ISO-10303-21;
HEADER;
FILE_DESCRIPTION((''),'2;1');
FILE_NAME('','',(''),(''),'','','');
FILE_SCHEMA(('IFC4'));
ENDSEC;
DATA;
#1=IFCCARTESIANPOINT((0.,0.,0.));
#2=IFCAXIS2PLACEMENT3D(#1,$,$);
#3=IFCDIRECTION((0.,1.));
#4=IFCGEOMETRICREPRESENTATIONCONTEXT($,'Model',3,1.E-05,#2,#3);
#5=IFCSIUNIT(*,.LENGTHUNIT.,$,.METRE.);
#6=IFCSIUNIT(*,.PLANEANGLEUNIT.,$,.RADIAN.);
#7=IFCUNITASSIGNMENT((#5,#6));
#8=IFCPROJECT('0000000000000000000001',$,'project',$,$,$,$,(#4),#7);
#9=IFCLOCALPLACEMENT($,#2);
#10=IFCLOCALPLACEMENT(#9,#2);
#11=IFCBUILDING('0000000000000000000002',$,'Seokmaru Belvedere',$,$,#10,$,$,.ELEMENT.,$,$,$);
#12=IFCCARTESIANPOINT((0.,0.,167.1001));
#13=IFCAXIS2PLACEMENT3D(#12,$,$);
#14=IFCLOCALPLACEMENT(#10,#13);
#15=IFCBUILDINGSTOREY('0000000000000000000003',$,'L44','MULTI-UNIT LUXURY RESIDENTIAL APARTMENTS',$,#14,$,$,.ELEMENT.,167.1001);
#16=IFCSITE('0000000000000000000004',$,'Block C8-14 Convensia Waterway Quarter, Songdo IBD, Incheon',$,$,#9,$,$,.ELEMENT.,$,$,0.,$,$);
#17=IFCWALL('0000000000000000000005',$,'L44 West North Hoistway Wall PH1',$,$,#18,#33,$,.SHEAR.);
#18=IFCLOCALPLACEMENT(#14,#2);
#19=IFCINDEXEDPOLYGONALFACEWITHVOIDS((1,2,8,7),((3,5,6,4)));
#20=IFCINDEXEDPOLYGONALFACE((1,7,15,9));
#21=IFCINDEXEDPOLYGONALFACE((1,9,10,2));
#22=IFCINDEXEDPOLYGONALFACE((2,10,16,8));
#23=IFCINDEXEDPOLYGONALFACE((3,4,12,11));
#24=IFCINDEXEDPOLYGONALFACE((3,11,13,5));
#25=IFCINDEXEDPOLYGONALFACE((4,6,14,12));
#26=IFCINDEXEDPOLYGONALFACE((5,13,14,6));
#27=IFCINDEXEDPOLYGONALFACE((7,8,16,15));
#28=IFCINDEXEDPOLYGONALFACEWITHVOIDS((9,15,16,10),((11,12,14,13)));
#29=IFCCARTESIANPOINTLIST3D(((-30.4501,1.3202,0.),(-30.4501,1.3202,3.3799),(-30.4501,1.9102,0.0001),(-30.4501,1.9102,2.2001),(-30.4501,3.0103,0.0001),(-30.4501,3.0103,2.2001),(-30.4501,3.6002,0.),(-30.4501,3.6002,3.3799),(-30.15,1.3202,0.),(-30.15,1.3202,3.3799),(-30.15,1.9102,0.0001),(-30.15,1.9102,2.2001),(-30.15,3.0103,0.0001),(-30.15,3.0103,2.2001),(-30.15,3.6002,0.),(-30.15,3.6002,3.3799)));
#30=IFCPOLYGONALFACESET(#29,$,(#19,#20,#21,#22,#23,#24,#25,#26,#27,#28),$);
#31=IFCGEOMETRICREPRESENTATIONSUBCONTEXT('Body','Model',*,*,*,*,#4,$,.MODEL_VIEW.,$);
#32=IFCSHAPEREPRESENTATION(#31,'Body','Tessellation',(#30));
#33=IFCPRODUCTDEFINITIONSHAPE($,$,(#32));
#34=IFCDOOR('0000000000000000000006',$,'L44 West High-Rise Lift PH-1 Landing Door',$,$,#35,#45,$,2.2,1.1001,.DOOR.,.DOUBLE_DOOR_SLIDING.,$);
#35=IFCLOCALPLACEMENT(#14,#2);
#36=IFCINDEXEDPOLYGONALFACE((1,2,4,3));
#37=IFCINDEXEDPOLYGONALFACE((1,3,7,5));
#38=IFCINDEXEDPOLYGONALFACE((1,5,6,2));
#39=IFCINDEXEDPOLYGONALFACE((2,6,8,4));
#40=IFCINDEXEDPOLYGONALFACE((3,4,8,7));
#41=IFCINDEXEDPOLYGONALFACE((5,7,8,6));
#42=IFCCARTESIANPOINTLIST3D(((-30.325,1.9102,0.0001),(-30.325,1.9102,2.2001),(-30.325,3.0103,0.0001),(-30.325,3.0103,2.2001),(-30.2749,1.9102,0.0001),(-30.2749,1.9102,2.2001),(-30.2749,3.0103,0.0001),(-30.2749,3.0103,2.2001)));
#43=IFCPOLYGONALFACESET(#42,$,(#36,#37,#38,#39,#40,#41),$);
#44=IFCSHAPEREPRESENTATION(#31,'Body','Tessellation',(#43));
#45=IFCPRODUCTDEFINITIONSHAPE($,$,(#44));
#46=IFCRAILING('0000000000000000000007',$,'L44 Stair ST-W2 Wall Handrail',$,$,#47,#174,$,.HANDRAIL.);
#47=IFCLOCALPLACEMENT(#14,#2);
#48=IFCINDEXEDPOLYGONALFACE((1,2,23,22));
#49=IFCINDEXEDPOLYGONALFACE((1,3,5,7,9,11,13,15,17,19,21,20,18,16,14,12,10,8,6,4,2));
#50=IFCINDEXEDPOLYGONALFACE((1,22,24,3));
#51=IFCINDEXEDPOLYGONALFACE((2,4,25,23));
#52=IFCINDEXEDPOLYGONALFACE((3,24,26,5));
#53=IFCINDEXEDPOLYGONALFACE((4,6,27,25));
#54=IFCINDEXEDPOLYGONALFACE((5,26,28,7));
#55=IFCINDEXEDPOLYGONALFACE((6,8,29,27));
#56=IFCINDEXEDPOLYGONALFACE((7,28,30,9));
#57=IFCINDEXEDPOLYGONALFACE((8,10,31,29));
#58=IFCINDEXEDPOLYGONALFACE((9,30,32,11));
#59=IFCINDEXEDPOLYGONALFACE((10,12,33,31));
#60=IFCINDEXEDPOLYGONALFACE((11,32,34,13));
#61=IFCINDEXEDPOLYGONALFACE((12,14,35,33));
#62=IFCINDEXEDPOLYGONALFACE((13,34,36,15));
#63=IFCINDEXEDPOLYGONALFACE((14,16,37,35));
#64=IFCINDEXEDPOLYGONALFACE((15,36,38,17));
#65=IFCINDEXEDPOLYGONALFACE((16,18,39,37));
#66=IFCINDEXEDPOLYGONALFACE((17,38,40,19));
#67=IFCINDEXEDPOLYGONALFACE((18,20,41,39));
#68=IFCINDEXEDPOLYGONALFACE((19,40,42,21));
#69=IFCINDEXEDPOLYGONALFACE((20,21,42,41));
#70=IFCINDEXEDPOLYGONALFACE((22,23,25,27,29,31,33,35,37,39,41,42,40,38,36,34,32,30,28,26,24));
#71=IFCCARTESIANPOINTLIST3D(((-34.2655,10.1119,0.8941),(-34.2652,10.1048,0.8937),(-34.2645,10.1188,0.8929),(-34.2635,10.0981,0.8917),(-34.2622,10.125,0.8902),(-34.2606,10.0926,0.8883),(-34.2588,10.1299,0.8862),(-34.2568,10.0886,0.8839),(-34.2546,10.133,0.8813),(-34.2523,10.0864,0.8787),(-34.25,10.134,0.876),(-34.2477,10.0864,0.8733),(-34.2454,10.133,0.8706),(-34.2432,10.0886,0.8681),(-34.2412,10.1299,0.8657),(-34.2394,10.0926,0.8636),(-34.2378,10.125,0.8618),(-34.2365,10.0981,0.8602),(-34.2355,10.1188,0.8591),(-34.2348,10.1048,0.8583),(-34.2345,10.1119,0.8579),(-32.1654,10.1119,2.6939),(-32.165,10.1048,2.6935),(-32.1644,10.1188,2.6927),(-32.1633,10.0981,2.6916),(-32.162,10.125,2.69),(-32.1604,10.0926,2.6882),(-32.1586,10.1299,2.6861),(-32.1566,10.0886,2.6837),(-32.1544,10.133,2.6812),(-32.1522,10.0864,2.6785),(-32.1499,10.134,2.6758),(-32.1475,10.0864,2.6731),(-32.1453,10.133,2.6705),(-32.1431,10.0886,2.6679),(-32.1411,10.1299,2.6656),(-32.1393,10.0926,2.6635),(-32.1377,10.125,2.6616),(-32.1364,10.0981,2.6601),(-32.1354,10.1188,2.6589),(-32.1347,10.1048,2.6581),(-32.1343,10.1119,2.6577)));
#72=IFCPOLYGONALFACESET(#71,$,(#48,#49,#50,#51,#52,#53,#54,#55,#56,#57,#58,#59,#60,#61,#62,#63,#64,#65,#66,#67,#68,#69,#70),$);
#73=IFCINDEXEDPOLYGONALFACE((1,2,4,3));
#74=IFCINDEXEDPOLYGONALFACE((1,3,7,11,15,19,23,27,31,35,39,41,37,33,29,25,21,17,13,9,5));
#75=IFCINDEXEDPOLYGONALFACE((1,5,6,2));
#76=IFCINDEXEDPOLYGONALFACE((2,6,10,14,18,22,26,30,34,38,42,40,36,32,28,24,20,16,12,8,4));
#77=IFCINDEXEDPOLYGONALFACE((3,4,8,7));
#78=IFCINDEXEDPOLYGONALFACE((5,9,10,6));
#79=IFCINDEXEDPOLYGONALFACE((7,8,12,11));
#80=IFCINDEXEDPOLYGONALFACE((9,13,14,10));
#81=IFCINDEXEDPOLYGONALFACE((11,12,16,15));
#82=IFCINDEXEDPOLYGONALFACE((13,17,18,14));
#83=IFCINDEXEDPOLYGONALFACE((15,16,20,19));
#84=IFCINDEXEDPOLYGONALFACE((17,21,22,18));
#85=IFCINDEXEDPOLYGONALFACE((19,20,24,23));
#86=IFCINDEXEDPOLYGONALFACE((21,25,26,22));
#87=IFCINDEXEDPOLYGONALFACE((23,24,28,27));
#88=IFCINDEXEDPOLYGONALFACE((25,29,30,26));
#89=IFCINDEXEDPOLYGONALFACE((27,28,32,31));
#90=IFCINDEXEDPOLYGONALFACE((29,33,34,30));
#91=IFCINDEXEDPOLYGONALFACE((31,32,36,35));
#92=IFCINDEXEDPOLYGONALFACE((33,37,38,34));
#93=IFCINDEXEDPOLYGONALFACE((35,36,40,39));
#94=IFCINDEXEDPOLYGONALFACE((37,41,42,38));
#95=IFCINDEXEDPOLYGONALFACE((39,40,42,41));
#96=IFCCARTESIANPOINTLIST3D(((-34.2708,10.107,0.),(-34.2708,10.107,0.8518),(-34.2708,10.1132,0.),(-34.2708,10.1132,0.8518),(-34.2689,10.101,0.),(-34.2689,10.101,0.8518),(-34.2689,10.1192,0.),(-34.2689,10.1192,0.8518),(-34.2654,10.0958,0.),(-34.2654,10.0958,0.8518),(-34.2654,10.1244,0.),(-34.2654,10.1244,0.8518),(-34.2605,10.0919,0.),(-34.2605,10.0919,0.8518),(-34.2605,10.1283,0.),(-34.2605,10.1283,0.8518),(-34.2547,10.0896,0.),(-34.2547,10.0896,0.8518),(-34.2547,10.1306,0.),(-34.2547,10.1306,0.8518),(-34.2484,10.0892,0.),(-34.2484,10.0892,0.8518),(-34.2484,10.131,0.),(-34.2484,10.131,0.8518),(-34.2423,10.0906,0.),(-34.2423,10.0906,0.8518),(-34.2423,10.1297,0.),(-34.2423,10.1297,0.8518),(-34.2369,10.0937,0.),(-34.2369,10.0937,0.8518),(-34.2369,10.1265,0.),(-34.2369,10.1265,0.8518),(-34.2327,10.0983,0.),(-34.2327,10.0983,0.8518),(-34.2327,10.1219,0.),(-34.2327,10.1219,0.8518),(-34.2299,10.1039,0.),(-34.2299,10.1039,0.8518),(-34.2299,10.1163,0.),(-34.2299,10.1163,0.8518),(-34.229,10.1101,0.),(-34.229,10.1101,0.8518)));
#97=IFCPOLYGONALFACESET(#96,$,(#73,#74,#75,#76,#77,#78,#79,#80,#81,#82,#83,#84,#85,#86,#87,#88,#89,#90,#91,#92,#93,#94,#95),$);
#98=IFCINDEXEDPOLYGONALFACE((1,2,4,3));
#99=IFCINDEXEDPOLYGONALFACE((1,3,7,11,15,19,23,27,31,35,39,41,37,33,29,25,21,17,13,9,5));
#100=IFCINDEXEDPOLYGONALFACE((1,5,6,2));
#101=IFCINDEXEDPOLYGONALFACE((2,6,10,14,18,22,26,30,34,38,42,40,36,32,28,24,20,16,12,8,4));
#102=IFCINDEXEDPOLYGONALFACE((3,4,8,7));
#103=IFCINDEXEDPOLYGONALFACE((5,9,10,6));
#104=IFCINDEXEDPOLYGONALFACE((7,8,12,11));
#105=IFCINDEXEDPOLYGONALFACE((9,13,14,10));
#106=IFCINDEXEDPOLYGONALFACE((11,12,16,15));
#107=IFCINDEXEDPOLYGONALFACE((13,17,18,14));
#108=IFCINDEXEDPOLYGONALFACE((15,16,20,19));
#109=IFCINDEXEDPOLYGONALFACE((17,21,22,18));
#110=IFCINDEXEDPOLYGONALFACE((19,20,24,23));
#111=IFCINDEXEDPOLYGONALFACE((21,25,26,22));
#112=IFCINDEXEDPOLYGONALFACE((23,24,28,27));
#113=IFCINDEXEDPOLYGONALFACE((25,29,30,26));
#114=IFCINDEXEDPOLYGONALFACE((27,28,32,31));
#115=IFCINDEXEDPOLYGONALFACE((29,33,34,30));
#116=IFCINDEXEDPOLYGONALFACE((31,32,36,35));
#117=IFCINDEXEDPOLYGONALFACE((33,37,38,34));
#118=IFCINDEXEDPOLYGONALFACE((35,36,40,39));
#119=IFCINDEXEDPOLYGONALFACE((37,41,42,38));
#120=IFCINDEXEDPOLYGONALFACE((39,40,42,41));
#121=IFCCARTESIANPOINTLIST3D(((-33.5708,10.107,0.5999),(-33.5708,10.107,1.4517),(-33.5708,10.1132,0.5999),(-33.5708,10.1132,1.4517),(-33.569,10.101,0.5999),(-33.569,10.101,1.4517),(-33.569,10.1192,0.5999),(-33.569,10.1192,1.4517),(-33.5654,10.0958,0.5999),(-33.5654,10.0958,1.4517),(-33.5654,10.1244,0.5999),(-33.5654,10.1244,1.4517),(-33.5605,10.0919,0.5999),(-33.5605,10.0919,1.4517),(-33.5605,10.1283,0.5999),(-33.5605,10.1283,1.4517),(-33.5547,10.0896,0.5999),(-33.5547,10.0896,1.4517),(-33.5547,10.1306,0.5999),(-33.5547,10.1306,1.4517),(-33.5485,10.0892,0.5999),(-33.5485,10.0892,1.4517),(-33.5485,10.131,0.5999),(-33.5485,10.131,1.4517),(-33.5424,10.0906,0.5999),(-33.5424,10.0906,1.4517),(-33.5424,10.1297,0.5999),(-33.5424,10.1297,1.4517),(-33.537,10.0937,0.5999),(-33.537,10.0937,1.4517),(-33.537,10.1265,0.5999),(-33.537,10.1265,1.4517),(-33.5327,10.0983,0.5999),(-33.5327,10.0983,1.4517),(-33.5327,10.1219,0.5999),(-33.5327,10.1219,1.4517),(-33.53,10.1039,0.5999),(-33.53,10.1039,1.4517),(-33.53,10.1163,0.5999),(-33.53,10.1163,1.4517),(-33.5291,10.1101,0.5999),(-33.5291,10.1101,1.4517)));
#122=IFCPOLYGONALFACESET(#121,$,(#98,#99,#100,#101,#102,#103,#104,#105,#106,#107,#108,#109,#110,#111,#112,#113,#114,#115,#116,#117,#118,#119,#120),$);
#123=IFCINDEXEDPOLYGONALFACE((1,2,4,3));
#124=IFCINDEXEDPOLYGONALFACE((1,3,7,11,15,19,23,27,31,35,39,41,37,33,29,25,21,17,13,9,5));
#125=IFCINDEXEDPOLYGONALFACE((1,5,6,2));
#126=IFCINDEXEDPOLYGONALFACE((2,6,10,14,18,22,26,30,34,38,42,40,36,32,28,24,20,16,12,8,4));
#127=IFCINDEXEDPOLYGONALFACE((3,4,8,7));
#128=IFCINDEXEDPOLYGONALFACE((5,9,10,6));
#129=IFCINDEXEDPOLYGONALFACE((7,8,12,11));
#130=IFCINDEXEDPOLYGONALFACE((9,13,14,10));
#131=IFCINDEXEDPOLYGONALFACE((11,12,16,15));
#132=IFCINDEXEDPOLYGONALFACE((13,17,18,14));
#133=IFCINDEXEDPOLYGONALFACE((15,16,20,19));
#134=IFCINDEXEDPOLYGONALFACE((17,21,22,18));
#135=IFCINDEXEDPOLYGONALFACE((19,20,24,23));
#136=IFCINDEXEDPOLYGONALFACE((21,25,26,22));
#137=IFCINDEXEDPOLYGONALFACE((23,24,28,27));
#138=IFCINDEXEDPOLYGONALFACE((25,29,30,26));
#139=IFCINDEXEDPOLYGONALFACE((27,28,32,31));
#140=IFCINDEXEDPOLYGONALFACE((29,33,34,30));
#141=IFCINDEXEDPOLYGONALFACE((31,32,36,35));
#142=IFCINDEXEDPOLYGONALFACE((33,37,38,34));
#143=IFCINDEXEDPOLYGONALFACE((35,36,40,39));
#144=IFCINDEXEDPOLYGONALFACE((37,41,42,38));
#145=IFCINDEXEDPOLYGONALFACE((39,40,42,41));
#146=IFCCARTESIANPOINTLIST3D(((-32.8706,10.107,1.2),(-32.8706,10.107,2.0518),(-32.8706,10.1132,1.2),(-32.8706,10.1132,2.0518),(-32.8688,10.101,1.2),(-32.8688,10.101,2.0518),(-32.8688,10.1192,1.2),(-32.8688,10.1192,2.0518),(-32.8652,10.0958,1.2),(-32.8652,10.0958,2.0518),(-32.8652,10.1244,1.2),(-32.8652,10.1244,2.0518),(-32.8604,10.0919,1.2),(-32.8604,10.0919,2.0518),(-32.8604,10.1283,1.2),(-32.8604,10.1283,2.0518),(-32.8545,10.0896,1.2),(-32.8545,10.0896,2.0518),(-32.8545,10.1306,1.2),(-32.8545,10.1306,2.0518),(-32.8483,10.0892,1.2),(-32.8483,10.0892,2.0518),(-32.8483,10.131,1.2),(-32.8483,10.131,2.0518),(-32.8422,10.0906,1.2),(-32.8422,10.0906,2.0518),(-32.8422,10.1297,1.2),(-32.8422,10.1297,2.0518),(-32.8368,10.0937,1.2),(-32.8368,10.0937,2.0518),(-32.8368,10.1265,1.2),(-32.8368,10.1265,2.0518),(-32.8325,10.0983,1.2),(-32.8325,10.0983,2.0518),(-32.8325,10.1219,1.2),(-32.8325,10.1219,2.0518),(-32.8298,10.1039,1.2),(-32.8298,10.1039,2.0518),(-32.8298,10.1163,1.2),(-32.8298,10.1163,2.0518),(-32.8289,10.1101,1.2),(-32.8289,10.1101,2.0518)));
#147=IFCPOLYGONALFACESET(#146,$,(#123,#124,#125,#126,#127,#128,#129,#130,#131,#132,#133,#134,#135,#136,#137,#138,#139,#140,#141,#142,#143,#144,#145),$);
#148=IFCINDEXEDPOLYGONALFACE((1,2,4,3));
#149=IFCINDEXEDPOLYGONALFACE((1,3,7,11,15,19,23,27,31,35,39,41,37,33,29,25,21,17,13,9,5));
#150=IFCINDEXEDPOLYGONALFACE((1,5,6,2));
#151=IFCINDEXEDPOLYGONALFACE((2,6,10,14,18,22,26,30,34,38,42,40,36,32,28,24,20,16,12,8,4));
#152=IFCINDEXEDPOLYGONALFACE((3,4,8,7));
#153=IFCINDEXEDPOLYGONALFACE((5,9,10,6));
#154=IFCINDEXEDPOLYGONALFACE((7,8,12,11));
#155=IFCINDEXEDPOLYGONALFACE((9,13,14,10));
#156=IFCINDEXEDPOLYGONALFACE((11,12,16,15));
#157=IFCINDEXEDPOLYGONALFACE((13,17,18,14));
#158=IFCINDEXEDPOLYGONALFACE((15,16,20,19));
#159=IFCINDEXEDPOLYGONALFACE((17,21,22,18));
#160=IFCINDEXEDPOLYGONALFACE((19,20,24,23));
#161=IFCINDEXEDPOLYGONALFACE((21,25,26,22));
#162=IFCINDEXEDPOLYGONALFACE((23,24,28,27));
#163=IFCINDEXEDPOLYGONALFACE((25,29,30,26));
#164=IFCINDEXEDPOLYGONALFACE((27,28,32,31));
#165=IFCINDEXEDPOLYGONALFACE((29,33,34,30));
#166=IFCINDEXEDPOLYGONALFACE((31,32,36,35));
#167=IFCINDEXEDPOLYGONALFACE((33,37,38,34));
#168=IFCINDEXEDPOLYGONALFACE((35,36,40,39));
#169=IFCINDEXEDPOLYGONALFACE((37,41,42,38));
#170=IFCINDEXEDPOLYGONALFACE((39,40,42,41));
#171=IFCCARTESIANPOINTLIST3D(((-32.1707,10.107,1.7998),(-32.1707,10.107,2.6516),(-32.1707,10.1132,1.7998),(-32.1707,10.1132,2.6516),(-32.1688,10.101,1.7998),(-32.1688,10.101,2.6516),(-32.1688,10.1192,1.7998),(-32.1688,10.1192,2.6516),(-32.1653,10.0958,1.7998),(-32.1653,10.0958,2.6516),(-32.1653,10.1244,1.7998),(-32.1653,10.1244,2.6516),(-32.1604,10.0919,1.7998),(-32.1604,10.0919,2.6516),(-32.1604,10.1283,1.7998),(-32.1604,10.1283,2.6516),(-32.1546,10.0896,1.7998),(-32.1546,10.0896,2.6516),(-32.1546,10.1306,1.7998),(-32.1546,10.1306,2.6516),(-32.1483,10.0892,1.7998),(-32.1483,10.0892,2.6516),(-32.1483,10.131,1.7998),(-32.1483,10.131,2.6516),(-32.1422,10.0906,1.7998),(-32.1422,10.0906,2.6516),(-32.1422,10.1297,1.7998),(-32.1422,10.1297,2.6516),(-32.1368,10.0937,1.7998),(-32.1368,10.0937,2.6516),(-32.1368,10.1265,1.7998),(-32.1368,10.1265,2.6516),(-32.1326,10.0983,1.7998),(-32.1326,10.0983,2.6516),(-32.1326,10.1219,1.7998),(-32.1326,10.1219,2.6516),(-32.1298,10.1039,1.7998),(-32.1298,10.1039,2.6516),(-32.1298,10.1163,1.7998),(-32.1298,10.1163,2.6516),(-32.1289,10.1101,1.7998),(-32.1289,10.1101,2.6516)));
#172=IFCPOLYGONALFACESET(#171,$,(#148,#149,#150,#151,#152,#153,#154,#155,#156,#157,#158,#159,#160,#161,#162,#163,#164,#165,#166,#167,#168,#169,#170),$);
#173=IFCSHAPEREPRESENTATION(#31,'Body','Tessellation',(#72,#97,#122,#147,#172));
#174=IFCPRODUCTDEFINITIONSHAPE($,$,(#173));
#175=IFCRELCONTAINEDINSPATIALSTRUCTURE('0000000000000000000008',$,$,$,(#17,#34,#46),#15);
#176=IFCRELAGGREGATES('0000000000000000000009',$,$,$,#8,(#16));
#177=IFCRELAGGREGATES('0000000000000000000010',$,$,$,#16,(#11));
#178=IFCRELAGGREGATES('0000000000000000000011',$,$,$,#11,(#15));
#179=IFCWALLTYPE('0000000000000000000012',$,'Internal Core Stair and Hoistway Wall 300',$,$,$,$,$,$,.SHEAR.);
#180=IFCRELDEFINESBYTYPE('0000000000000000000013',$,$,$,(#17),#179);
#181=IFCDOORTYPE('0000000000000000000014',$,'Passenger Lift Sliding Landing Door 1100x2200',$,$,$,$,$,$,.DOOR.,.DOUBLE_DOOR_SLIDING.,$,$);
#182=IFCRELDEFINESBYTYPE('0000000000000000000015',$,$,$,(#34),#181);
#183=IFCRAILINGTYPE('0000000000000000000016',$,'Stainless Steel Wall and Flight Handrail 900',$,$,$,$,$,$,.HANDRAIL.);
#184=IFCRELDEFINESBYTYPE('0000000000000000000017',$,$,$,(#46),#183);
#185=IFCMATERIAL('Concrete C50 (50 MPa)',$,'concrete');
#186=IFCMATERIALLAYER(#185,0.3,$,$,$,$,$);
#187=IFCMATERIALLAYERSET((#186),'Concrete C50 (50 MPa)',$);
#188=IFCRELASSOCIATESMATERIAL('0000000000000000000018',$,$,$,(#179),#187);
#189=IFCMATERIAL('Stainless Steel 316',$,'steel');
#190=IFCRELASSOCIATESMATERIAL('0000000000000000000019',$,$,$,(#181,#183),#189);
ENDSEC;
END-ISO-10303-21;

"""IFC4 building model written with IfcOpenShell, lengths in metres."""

from ifc_helpers import new_model, si_unit, direction, frame, frame_2d, origin, origin_2d, place, context, subcontext, project, spatial, rectangle, circle, extrude, source, transform, mapped, material, layer, layer_set, type_object, type_shapes, element, fill, save


model = new_model("IFC4")

# Units and contexts
model_context = context("Model", 3, precision=1e-05, world=origin(), true_north=direction((0.0, 1.0)))
body_context = subcontext(model_context, "Body", "Model", "MODEL_VIEW")
ifc_project = project(units=[si_unit("LENGTHUNIT", "METRE"), si_unit("PLANEANGLEUNIT", "RADIAN")], contexts=[model_context])

# Site, building, storey
site_placement = place(None, origin())
site = spatial("IfcSite", under=ifc_project, at=site_placement, Name="Block C8-14 Convensia Waterway Quarter, Songdo IBD, Incheon", CompositionType="ELEMENT", RefElevation=0.0)
building_placement = place(site_placement, origin())
building = spatial("IfcBuilding", under=site, at=building_placement, Name="Seokmaru Belvedere", CompositionType="ELEMENT")
storey_placement = place(building_placement, frame((0.0, 0.0, 167.1001)))
storey = spatial("IfcBuildingStorey", under=building, at=storey_placement, Name="L44", Description="MULTI-UNIT LUXURY RESIDENTIAL APARTMENTS", CompositionType="ELEMENT", Elevation=167.1001)

# Shared definitions
ifc_material_1 = material(Name="Concrete C50 (50 MPa)", Category="concrete")

# Wall, opening, door
ifc_layer_1 = layer(ifc_material_1, 0.3)
ifc_layer_set_1 = layer_set([ifc_layer_1], Name="Concrete C50 (50 MPa)")
wall_type_1 = type_object("IfcWallType", Name="Internal Core Stair and Hoistway Wall 300", PredefinedType="SHEAR", material=ifc_layer_set_1)
wall_1_placement = place(storey_placement, frame((-30.3, 1.3201, 0.0), z_axis=(0.0, 0.0, 1.0), x_axis=(0.0, 1.0, 0.0)))
wall_1 = element("IfcWall", 1, at=wall_1_placement, inside=storey, type_object=wall_type_1, Name="L44 West North Hoistway Wall PH1", PredefinedType="SHEAR", context=body_context, shape_type="SweptSolid", body=[
    extrude(rectangle(XDim=2.28, YDim=0.3, at=frame_2d((1.1401, 0.0))), origin(), (0.0, 0.0, 1.0), 3.3799),
])
opening_1_placement = place(wall_1_placement, frame((0.5901, 0.0, 0.0)))
opening_1 = element("IfcOpeningElement", 2, at=opening_1_placement, cuts=wall_1, PredefinedType="OPENING", context=body_context, shape_type="SweptSolid", body=[
    extrude(rectangle(XDim=1.1001, YDim=2.2, at=frame_2d((0.55, 1.1001))), frame((0.0, 0.1602, 0.0), z_axis=(0.0, -1.0, 0.0), x_axis=(1.0, 0.0, 0.0)), (0.0, 0.0, 1.0), 0.3201),
])
ifc_material_2 = material(Name="Stainless Steel 316", Category="steel")
door_type_1 = type_object("IfcDoorType", Name="Passenger Lift Sliding Landing Door 1100x2200", OperationType="DOUBLE_DOOR_SLIDING", PredefinedType="DOOR", material=ifc_material_2)
shared_shape_1 = source(origin(), body_context, "Body", "SweptSolid", [
    extrude(rectangle(XDim=1.1001, YDim=2.2, at=frame_2d((0.55, 1.1001))), frame((0.0, 0.0249, 0.0), z_axis=(0.0, -1.0, 0.0), x_axis=(1.0, 0.0, 0.0)), (0.0, 0.0, 1.0), 0.05),
])
type_shapes(door_type_1, [shared_shape_1])
door_1_placement = place(opening_1_placement, origin())
door_1 = element("IfcDoor", 3, at=door_1_placement, inside=storey, type_object=door_type_1, Name="L44 West High-Rise Lift PH-1 Landing Door", OperationType="DOUBLE_DOOR_SLIDING", OverallHeight=2.2, OverallWidth=1.1001, PredefinedType="DOOR", context=body_context, shape_type="MappedRepresentation", body=[
    mapped(shared_shape_1, transform((0.0, 0.0, 0.0), scale=1.0)),
])
fill(opening_1, door_1)

# Railing
railing_type = type_object("IfcRailingType", Name="Stainless Steel Wall and Flight Handrail 900", PredefinedType="HANDRAIL", material=ifc_material_2)
railing_placement = place(storey_placement, frame((-34.25, 10.1101, 0.0)))
element("IfcRailing", 4, at=railing_placement, inside=storey, type_object=railing_type, Name="L44 Stair ST-W2 Wall Handrail", PredefinedType="HANDRAIL", context=body_context, shape_type="SweptSolid", body=[
    extrude(circle(Radius=0.0239, at=origin_2d()), frame((0.0, 0.0, 0.876), z_axis=(0.759306, 0.0, 0.650733), x_axis=(0.0, 1.0, 0.0)), (0.0, 0.0, 1.0), 2.7659),
    extrude(circle(Radius=0.021, at=origin_2d()), origin(), (0.0, 0.0, 1.0), 0.8518),
    extrude(circle(Radius=0.021, at=origin_2d()), frame((0.7, 0.0, 0.5999)), (0.0, 0.0, 1.0), 0.8518),
    extrude(circle(Radius=0.021, at=origin_2d()), frame((1.4001, 0.0, 1.2)), (0.0, 0.0, 1.0), 0.8518),
    extrude(circle(Radius=0.021, at=origin_2d()), frame((2.1001, 0.0, 1.7998)), (0.0, 0.0, 1.0), 0.8518),
])

save(model, "model.ifc")
